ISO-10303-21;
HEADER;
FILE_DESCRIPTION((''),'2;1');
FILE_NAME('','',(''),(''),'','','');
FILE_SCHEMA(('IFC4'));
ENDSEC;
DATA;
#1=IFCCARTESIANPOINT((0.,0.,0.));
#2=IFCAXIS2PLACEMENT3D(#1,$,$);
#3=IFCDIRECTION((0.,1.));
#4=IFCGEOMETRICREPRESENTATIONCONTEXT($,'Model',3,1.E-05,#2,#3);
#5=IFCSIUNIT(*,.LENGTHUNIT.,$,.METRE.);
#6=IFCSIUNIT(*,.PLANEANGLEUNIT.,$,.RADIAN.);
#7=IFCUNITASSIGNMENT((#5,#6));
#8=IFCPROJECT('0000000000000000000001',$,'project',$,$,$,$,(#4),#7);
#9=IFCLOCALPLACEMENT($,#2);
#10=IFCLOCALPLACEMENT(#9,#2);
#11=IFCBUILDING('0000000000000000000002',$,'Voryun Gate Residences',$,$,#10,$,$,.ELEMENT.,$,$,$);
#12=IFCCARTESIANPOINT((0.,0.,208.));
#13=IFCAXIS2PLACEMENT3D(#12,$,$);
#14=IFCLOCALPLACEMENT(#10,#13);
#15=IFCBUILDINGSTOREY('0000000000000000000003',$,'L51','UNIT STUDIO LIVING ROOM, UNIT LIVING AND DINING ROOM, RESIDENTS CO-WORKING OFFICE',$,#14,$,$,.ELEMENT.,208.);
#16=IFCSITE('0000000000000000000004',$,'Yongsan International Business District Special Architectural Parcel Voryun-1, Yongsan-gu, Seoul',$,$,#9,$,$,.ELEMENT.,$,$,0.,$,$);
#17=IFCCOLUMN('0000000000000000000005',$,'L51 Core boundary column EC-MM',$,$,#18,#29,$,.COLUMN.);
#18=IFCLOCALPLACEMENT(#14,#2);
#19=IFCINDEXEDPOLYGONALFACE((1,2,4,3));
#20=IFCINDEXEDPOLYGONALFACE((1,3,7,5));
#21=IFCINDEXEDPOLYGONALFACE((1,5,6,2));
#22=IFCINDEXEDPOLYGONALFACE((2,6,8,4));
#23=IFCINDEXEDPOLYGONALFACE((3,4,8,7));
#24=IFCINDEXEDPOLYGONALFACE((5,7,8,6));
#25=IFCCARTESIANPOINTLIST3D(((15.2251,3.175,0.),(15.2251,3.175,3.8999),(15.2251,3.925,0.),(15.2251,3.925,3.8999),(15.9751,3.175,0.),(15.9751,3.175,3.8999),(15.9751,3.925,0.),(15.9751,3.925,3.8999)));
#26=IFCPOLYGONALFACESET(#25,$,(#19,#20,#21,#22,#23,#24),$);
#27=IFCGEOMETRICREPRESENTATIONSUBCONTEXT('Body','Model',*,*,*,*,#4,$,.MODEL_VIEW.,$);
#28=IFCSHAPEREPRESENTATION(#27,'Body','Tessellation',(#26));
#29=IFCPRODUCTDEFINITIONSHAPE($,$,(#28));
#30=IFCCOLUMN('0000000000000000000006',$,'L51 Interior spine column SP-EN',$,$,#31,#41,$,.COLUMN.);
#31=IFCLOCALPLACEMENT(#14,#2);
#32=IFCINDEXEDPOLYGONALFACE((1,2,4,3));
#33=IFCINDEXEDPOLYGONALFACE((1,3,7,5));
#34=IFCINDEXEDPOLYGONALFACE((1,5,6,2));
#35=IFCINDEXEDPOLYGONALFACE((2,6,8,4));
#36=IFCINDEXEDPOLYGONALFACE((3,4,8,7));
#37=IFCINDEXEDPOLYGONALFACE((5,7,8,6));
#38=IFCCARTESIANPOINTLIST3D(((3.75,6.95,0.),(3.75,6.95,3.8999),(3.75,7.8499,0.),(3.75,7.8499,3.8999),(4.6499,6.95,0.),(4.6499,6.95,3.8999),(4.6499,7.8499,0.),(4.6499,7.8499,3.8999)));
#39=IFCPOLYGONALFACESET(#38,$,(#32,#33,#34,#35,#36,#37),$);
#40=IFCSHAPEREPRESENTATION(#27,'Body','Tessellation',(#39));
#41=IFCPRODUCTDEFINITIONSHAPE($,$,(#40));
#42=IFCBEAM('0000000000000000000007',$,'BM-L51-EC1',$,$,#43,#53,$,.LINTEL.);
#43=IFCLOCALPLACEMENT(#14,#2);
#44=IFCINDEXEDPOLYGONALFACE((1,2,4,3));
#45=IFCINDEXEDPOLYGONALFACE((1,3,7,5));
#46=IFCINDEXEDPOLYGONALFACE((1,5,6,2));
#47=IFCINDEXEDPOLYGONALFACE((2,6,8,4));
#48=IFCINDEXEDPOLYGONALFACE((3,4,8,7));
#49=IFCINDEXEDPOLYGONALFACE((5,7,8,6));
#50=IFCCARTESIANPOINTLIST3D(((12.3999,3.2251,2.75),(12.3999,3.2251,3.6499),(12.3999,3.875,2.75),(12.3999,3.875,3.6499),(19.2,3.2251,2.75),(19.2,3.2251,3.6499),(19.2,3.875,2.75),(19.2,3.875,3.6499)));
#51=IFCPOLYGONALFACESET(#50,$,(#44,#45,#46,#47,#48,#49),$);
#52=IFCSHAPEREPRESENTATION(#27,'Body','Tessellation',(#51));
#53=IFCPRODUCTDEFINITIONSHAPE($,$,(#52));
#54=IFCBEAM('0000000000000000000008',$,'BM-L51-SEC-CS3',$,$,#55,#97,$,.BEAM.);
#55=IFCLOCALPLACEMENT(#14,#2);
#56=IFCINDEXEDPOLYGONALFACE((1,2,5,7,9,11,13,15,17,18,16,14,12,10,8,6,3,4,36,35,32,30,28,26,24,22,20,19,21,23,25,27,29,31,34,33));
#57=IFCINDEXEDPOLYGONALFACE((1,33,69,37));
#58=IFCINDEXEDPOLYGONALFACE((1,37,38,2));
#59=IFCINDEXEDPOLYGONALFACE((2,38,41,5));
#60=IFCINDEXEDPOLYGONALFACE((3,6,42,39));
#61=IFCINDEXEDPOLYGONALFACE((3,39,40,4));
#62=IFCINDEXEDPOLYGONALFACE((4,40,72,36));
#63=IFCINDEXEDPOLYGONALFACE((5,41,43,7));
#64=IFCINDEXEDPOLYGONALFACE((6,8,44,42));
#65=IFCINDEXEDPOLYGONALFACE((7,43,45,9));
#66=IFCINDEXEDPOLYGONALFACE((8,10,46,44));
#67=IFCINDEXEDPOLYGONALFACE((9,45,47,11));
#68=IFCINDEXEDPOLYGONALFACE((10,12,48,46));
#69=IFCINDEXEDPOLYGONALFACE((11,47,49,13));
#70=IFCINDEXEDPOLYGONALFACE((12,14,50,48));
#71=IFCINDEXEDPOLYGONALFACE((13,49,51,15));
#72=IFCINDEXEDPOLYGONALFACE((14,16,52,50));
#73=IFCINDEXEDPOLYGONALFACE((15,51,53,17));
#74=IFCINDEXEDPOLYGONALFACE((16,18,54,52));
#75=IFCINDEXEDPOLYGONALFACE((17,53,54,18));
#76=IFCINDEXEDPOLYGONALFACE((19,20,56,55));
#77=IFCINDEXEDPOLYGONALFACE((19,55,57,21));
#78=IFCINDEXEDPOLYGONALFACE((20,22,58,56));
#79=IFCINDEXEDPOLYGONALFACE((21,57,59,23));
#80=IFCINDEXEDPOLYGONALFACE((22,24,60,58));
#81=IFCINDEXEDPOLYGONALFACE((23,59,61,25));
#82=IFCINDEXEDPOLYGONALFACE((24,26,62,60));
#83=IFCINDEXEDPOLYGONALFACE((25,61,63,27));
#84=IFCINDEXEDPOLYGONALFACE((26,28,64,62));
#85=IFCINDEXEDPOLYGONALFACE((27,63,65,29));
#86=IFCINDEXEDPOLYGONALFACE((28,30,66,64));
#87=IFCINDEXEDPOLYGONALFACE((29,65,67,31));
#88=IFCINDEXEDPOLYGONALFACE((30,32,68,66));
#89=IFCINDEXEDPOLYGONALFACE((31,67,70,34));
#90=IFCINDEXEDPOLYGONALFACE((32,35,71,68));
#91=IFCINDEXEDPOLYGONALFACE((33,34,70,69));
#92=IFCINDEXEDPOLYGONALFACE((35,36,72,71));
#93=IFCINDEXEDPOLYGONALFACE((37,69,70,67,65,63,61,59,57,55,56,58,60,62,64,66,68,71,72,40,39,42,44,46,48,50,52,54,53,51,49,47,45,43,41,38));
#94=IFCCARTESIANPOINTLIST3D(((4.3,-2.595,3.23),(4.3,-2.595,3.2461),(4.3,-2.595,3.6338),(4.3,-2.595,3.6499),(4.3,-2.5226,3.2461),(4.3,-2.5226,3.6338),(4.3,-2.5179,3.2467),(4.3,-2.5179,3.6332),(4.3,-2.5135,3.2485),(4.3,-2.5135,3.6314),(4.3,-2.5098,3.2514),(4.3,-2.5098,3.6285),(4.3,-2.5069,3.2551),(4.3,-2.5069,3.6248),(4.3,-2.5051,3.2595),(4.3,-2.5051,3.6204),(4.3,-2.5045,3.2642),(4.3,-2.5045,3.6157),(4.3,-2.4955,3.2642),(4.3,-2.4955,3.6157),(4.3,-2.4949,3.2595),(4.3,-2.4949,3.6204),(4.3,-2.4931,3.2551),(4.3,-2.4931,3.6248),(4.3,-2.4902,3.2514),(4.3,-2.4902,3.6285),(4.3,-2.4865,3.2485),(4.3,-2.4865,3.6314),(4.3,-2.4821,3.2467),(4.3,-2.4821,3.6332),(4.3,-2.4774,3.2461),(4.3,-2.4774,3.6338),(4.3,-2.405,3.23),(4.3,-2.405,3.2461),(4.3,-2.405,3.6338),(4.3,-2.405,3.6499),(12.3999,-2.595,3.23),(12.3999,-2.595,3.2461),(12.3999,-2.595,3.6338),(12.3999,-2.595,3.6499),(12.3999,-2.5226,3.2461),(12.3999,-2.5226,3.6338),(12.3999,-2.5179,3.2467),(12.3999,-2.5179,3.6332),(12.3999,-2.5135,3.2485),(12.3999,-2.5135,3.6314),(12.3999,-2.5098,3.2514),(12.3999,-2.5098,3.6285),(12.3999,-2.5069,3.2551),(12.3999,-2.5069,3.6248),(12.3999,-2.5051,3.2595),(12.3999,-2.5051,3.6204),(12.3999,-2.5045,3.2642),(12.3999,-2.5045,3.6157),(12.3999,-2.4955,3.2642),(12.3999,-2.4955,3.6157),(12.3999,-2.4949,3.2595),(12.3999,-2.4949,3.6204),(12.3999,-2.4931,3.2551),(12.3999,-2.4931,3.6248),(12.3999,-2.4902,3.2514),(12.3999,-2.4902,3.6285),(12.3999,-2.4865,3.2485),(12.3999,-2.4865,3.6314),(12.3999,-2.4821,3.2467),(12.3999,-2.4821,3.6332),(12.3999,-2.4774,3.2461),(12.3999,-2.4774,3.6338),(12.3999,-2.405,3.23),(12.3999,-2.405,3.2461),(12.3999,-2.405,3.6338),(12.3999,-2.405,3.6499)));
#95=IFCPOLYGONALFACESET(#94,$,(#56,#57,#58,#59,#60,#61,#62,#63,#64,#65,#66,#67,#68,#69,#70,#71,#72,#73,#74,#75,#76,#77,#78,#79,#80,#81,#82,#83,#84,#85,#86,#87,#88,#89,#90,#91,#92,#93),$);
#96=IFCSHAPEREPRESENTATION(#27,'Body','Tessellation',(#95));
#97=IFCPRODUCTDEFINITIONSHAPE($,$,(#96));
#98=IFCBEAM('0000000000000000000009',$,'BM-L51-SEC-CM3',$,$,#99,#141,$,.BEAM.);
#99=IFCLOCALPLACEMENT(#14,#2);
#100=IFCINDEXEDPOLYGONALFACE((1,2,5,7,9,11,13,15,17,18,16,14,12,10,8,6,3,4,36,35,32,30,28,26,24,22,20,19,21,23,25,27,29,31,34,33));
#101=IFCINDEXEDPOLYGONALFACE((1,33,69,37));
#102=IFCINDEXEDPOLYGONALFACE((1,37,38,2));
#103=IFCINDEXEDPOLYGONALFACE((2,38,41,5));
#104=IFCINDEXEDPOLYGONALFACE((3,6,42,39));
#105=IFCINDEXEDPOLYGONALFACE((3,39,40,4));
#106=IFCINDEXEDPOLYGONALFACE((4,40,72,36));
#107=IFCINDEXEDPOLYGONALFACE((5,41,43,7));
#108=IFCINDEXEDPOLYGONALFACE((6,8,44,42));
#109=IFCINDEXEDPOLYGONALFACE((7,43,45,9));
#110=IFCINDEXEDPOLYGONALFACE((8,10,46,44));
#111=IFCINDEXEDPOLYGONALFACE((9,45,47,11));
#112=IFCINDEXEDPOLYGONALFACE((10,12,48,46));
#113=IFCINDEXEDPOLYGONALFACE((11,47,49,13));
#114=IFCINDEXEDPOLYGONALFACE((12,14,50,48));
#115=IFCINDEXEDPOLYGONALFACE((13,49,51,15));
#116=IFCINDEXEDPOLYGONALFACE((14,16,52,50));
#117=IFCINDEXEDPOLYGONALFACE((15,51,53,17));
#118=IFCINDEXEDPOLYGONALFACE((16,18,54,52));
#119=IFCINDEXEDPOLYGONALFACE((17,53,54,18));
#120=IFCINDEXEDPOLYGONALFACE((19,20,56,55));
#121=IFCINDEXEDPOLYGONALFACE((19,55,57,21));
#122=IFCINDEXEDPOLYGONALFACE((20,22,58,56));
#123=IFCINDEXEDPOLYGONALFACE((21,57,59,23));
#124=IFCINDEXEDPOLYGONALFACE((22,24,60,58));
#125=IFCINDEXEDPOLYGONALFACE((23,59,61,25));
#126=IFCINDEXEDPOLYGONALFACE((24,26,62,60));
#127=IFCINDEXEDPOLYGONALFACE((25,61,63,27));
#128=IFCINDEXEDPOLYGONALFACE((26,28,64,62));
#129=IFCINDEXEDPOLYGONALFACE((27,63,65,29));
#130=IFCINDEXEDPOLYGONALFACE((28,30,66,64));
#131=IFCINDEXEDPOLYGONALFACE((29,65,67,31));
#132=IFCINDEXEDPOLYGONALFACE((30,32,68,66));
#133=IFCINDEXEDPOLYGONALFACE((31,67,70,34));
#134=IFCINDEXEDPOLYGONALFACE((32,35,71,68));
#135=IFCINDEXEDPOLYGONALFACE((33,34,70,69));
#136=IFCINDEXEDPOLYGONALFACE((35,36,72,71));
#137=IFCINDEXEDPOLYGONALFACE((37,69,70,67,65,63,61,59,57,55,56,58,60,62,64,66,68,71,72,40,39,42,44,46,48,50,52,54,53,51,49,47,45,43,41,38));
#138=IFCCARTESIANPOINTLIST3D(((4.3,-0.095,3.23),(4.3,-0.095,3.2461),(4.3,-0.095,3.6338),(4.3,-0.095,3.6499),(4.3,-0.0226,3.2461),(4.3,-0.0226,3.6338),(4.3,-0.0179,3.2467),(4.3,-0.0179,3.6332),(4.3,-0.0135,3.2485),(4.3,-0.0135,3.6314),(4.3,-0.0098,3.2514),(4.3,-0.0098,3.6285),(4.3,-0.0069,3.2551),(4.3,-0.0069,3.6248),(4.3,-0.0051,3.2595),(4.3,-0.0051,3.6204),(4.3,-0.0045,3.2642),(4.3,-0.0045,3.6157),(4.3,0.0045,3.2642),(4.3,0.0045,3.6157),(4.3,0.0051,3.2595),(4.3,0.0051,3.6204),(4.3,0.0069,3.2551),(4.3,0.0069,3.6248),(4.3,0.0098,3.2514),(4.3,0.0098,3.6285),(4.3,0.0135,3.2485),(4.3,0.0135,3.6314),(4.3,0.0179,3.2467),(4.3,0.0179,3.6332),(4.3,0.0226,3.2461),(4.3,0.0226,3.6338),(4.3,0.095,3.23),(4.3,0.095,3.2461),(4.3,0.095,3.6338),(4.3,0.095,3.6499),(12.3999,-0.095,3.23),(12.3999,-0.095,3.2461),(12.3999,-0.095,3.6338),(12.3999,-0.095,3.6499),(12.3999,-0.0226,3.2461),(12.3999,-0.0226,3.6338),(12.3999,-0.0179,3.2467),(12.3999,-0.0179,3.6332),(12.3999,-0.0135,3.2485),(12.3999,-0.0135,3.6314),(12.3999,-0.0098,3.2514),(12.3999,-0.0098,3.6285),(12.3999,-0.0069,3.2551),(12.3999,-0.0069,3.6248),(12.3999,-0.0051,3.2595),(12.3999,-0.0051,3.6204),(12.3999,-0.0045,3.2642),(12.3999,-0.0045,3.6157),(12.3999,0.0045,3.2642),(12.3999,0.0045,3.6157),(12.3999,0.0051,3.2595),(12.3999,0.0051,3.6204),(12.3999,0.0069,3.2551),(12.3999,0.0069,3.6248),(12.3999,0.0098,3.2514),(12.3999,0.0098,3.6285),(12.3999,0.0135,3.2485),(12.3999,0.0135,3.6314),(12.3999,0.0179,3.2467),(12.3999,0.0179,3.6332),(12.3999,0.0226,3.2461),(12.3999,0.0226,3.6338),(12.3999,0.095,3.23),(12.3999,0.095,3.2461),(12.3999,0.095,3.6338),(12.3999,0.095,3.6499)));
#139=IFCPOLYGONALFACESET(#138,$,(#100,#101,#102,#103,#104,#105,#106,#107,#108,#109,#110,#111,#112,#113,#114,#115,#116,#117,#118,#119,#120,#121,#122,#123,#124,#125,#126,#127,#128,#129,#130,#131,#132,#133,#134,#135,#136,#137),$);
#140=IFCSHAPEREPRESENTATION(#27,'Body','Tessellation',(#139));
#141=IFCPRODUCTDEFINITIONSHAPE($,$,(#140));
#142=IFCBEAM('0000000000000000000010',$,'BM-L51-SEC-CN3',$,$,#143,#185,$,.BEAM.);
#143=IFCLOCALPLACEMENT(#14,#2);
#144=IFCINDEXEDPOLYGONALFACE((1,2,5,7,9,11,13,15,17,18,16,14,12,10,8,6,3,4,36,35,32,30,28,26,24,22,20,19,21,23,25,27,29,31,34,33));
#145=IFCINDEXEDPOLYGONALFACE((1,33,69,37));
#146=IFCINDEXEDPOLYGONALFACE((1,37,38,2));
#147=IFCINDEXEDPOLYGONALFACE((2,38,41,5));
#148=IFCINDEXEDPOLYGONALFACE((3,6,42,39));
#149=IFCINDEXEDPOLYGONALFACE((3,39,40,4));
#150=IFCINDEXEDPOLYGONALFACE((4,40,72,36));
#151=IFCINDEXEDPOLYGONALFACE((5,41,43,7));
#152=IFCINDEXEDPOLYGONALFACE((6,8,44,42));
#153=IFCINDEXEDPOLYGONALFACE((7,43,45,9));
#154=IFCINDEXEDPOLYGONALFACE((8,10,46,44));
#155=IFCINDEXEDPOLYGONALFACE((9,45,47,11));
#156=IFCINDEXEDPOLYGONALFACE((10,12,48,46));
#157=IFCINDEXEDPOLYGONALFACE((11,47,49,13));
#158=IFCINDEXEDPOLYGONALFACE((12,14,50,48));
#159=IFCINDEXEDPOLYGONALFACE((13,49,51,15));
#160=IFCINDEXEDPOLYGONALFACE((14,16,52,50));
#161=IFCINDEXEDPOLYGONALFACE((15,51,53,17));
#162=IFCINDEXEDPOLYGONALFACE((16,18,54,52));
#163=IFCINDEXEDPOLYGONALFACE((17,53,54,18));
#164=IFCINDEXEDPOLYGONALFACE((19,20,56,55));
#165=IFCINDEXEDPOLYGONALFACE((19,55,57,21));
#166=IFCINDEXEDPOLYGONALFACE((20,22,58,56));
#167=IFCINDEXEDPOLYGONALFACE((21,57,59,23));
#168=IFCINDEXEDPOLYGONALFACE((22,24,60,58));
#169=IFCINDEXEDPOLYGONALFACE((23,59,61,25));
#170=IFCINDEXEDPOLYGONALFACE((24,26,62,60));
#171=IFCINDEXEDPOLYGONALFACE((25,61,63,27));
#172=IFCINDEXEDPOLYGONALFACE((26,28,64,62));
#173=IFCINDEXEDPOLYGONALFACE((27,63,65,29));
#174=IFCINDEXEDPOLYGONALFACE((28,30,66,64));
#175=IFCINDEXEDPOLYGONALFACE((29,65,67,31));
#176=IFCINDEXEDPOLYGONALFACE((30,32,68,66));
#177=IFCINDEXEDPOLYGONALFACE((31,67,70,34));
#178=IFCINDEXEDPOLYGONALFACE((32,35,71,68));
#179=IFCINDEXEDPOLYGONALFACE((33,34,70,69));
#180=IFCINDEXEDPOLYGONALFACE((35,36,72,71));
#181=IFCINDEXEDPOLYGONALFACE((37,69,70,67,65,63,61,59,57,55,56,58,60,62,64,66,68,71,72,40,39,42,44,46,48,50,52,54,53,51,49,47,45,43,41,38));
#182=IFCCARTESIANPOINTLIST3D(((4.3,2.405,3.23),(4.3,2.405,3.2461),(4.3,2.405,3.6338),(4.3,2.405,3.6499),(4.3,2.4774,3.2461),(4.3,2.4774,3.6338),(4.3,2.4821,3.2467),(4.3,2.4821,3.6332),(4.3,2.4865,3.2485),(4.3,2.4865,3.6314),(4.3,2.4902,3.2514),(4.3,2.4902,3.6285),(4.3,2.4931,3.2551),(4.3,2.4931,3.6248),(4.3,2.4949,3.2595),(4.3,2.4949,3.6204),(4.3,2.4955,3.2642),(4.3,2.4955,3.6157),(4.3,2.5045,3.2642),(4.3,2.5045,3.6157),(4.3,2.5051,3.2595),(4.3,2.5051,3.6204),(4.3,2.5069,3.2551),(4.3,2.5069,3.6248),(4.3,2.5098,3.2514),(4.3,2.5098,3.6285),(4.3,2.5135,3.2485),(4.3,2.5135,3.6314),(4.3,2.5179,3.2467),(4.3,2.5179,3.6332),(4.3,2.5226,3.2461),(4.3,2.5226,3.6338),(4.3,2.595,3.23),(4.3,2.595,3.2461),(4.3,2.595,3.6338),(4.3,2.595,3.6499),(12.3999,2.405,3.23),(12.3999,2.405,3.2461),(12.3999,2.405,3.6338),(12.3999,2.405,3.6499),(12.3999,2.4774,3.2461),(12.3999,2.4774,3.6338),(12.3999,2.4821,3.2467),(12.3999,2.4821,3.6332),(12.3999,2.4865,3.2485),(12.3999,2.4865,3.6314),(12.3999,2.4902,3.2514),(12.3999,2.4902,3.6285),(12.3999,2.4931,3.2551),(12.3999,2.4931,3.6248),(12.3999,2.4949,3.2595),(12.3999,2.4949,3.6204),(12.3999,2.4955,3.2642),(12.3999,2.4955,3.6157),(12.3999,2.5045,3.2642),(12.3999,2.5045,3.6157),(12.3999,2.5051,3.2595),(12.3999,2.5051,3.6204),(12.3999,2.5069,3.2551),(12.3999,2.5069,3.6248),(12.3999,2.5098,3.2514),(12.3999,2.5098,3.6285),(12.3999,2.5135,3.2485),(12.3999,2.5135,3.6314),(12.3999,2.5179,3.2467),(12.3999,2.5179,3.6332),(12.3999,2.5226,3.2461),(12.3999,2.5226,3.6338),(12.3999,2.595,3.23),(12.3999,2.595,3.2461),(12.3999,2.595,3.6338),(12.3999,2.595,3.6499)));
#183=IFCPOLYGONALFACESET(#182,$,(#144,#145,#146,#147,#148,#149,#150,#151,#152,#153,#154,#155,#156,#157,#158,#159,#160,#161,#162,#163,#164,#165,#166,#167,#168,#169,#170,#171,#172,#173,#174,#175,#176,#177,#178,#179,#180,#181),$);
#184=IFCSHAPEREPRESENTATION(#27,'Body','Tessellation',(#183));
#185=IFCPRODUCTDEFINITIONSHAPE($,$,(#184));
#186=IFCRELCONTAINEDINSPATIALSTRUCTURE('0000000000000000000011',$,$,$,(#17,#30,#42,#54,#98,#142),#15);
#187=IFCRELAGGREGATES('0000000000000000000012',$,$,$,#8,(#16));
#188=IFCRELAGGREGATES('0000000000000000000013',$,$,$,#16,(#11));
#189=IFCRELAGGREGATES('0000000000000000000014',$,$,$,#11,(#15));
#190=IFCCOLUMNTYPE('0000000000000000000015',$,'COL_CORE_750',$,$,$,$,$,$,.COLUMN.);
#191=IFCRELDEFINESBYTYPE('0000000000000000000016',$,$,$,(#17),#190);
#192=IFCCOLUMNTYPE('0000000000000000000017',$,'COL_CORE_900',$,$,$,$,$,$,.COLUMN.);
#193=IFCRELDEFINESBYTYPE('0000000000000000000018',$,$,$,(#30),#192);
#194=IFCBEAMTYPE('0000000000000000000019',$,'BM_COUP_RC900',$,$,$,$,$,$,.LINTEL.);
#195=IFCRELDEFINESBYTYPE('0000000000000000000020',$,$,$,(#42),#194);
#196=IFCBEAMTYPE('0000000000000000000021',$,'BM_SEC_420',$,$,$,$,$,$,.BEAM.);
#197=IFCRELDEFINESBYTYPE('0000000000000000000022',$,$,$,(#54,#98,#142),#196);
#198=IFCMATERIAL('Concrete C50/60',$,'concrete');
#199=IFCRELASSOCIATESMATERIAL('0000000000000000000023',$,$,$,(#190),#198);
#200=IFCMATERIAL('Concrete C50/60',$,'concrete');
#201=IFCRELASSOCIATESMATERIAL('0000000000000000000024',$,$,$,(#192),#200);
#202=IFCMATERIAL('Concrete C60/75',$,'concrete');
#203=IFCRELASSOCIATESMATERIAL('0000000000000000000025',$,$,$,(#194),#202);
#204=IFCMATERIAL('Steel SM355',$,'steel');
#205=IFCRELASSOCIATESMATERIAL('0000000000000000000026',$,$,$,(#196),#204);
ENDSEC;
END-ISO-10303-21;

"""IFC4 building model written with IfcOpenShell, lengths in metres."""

from ifc_helpers import new_model, si_unit, direction, frame, origin, origin_2d, place, context, subcontext, project, spatial, rectangle, i_section, extrude, material, material_profile, profile_set, type_object, element, save


model = new_model("IFC4")

# Units and contexts
model_context = context("Model", 3, precision=1e-05, world=origin(), true_north=direction((0.0, 1.0)))
body_context = subcontext(model_context, "Body", "Model", "MODEL_VIEW")
ifc_project = project(units=[si_unit("LENGTHUNIT", "METRE"), si_unit("PLANEANGLEUNIT", "RADIAN")], contexts=[model_context])

# Site, building, storey
site_placement = place(None, origin())
site = spatial("IfcSite", under=ifc_project, at=site_placement, Name="Yongsan International Business District Special Architectural Parcel Voryun-1, Yongsan-gu, Seoul", CompositionType="ELEMENT", RefElevation=0.0)
building_placement = place(site_placement, origin())
building = spatial("IfcBuilding", under=site, at=building_placement, Name="Voryun Gate Residences", CompositionType="ELEMENT")
storey_placement = place(building_placement, frame((0.0, 0.0, 208.0)))
storey = spatial("IfcBuildingStorey", under=building, at=storey_placement, Name="L51", Description="UNIT STUDIO LIVING ROOM, UNIT LIVING AND DINING ROOM, RESIDENTS CO-WORKING OFFICE", CompositionType="ELEMENT", Elevation=208.0)

# Columns
ifc_material_1 = material(Name="Concrete C50/60", Category="concrete")
ifc_material_profile_1 = material_profile(ifc_material_1, rectangle(XDim=0.75, YDim=0.75, at=origin_2d()), Name="RC-750x750")
ifc_profile_set_1 = profile_set([ifc_material_profile_1], Name="Concrete C50/60")
column_type_1 = type_object("IfcColumnType", Name="COL_CORE_750", PredefinedType="COLUMN", material=ifc_profile_set_1)
column_1_placement = place(storey_placement, frame((15.6001, 3.55, 0.0), z_axis=(0.0, 0.0, 1.0), x_axis=(1.0, 0.0, 0.0)))
element("IfcColumn", 1, at=column_1_placement, inside=storey, type_object=column_type_1, Name="L51 Core boundary column EC-MM", PredefinedType="COLUMN", context=body_context, shape_type="SweptSolid", body=[
    extrude(rectangle(XDim=0.75, YDim=0.75, at=origin_2d()), origin(), (0.0, 0.0, 1.0), 3.8999),
])
ifc_material_2 = material(Name="Concrete C50/60", Category="concrete")
ifc_material_profile_2 = material_profile(ifc_material_2, rectangle(XDim=0.8999, YDim=0.8999, at=origin_2d()), Name="RC-900x900")
ifc_profile_set_2 = profile_set([ifc_material_profile_2], Name="Concrete C50/60")
column_type_2 = type_object("IfcColumnType", Name="COL_CORE_900", PredefinedType="COLUMN", material=ifc_profile_set_2)
column_2_placement = place(storey_placement, frame((4.2, 7.3999, 0.0), z_axis=(0.0, 0.0, 1.0), x_axis=(1.0, 0.0, 0.0)))
element("IfcColumn", 2, at=column_2_placement, inside=storey, type_object=column_type_2, Name="L51 Interior spine column SP-EN", PredefinedType="COLUMN", context=body_context, shape_type="SweptSolid", body=[
    extrude(rectangle(XDim=0.8999, YDim=0.8999, at=origin_2d()), origin(), (0.0, 0.0, 1.0), 3.8999),
])

# Beams
ifc_material_3 = material(Name="Concrete C60/75", Category="concrete")
ifc_material_profile_3 = material_profile(ifc_material_3, rectangle(XDim=0.6499, YDim=0.8999, at=origin_2d()), Name="RC-650x900")
ifc_profile_set_3 = profile_set([ifc_material_profile_3], Name="Concrete C60/75")
beam_type_1 = type_object("IfcBeamType", Name="BM_COUP_RC900", PredefinedType="LINTEL", material=ifc_profile_set_3)
beam_placement = place(storey_placement, frame((12.3999, 3.55, 3.2), z_axis=(1.0, 0.0, 0.0), x_axis=(0.0, 1.0, 0.0)))
element("IfcBeam", 3, at=beam_placement, inside=storey, type_object=beam_type_1, Name="BM-L51-EC1", PredefinedType="LINTEL", context=body_context, shape_type="SweptSolid", body=[
    extrude(rectangle(XDim=0.6499, YDim=0.8999, at=origin_2d()), origin(), (0.0, 0.0, 1.0), 6.8),
])
ifc_material_4 = material(Name="Steel SM355", Category="steel")
ifc_material_profile_4 = material_profile(ifc_material_4, i_section(OverallWidth=0.1899, OverallDepth=0.4199, WebThickness=0.009, FlangeThickness=0.0161, FilletRadius=0.0181, at=origin_2d()), Name="H-420x190x9x16")
ifc_profile_set_4 = profile_set([ifc_material_profile_4], Name="Steel SM355")
beam_type_2 = type_object("IfcBeamType", Name="BM_SEC_420", PredefinedType="BEAM", material=ifc_profile_set_4)
for number, where, z_axis, x_axis, name in (
    (4, (4.3, -2.5, 3.4399), (1.0, 0.0, 0.0), (0.0, 1.0, 0.0), "BM-L51-SEC-CS3"),
    (5, (4.3, 0.0, 3.4399), (1.0, 0.0, 0.0), (0.0, 1.0, 0.0), "BM-L51-SEC-CM3"),
    (6, (4.3, 2.5, 3.4399), (1.0, 0.0, 0.0), (0.0, 1.0, 0.0), "BM-L51-SEC-CN3"),
):
    element("IfcBeam", number, at=place(storey_placement, frame(where, z_axis=z_axis, x_axis=x_axis)), inside=storey, type_object=beam_type_2, Name=name, PredefinedType="BEAM", context=body_context, shape_type="SweptSolid", body=[
        extrude(i_section(OverallWidth=0.1899, OverallDepth=0.4199, WebThickness=0.009, FlangeThickness=0.0161, FilletRadius=0.0181, at=origin_2d()), origin(), (0.0, 0.0, 1.0), 8.0999),
    ])

save(model, "model.ifc")
